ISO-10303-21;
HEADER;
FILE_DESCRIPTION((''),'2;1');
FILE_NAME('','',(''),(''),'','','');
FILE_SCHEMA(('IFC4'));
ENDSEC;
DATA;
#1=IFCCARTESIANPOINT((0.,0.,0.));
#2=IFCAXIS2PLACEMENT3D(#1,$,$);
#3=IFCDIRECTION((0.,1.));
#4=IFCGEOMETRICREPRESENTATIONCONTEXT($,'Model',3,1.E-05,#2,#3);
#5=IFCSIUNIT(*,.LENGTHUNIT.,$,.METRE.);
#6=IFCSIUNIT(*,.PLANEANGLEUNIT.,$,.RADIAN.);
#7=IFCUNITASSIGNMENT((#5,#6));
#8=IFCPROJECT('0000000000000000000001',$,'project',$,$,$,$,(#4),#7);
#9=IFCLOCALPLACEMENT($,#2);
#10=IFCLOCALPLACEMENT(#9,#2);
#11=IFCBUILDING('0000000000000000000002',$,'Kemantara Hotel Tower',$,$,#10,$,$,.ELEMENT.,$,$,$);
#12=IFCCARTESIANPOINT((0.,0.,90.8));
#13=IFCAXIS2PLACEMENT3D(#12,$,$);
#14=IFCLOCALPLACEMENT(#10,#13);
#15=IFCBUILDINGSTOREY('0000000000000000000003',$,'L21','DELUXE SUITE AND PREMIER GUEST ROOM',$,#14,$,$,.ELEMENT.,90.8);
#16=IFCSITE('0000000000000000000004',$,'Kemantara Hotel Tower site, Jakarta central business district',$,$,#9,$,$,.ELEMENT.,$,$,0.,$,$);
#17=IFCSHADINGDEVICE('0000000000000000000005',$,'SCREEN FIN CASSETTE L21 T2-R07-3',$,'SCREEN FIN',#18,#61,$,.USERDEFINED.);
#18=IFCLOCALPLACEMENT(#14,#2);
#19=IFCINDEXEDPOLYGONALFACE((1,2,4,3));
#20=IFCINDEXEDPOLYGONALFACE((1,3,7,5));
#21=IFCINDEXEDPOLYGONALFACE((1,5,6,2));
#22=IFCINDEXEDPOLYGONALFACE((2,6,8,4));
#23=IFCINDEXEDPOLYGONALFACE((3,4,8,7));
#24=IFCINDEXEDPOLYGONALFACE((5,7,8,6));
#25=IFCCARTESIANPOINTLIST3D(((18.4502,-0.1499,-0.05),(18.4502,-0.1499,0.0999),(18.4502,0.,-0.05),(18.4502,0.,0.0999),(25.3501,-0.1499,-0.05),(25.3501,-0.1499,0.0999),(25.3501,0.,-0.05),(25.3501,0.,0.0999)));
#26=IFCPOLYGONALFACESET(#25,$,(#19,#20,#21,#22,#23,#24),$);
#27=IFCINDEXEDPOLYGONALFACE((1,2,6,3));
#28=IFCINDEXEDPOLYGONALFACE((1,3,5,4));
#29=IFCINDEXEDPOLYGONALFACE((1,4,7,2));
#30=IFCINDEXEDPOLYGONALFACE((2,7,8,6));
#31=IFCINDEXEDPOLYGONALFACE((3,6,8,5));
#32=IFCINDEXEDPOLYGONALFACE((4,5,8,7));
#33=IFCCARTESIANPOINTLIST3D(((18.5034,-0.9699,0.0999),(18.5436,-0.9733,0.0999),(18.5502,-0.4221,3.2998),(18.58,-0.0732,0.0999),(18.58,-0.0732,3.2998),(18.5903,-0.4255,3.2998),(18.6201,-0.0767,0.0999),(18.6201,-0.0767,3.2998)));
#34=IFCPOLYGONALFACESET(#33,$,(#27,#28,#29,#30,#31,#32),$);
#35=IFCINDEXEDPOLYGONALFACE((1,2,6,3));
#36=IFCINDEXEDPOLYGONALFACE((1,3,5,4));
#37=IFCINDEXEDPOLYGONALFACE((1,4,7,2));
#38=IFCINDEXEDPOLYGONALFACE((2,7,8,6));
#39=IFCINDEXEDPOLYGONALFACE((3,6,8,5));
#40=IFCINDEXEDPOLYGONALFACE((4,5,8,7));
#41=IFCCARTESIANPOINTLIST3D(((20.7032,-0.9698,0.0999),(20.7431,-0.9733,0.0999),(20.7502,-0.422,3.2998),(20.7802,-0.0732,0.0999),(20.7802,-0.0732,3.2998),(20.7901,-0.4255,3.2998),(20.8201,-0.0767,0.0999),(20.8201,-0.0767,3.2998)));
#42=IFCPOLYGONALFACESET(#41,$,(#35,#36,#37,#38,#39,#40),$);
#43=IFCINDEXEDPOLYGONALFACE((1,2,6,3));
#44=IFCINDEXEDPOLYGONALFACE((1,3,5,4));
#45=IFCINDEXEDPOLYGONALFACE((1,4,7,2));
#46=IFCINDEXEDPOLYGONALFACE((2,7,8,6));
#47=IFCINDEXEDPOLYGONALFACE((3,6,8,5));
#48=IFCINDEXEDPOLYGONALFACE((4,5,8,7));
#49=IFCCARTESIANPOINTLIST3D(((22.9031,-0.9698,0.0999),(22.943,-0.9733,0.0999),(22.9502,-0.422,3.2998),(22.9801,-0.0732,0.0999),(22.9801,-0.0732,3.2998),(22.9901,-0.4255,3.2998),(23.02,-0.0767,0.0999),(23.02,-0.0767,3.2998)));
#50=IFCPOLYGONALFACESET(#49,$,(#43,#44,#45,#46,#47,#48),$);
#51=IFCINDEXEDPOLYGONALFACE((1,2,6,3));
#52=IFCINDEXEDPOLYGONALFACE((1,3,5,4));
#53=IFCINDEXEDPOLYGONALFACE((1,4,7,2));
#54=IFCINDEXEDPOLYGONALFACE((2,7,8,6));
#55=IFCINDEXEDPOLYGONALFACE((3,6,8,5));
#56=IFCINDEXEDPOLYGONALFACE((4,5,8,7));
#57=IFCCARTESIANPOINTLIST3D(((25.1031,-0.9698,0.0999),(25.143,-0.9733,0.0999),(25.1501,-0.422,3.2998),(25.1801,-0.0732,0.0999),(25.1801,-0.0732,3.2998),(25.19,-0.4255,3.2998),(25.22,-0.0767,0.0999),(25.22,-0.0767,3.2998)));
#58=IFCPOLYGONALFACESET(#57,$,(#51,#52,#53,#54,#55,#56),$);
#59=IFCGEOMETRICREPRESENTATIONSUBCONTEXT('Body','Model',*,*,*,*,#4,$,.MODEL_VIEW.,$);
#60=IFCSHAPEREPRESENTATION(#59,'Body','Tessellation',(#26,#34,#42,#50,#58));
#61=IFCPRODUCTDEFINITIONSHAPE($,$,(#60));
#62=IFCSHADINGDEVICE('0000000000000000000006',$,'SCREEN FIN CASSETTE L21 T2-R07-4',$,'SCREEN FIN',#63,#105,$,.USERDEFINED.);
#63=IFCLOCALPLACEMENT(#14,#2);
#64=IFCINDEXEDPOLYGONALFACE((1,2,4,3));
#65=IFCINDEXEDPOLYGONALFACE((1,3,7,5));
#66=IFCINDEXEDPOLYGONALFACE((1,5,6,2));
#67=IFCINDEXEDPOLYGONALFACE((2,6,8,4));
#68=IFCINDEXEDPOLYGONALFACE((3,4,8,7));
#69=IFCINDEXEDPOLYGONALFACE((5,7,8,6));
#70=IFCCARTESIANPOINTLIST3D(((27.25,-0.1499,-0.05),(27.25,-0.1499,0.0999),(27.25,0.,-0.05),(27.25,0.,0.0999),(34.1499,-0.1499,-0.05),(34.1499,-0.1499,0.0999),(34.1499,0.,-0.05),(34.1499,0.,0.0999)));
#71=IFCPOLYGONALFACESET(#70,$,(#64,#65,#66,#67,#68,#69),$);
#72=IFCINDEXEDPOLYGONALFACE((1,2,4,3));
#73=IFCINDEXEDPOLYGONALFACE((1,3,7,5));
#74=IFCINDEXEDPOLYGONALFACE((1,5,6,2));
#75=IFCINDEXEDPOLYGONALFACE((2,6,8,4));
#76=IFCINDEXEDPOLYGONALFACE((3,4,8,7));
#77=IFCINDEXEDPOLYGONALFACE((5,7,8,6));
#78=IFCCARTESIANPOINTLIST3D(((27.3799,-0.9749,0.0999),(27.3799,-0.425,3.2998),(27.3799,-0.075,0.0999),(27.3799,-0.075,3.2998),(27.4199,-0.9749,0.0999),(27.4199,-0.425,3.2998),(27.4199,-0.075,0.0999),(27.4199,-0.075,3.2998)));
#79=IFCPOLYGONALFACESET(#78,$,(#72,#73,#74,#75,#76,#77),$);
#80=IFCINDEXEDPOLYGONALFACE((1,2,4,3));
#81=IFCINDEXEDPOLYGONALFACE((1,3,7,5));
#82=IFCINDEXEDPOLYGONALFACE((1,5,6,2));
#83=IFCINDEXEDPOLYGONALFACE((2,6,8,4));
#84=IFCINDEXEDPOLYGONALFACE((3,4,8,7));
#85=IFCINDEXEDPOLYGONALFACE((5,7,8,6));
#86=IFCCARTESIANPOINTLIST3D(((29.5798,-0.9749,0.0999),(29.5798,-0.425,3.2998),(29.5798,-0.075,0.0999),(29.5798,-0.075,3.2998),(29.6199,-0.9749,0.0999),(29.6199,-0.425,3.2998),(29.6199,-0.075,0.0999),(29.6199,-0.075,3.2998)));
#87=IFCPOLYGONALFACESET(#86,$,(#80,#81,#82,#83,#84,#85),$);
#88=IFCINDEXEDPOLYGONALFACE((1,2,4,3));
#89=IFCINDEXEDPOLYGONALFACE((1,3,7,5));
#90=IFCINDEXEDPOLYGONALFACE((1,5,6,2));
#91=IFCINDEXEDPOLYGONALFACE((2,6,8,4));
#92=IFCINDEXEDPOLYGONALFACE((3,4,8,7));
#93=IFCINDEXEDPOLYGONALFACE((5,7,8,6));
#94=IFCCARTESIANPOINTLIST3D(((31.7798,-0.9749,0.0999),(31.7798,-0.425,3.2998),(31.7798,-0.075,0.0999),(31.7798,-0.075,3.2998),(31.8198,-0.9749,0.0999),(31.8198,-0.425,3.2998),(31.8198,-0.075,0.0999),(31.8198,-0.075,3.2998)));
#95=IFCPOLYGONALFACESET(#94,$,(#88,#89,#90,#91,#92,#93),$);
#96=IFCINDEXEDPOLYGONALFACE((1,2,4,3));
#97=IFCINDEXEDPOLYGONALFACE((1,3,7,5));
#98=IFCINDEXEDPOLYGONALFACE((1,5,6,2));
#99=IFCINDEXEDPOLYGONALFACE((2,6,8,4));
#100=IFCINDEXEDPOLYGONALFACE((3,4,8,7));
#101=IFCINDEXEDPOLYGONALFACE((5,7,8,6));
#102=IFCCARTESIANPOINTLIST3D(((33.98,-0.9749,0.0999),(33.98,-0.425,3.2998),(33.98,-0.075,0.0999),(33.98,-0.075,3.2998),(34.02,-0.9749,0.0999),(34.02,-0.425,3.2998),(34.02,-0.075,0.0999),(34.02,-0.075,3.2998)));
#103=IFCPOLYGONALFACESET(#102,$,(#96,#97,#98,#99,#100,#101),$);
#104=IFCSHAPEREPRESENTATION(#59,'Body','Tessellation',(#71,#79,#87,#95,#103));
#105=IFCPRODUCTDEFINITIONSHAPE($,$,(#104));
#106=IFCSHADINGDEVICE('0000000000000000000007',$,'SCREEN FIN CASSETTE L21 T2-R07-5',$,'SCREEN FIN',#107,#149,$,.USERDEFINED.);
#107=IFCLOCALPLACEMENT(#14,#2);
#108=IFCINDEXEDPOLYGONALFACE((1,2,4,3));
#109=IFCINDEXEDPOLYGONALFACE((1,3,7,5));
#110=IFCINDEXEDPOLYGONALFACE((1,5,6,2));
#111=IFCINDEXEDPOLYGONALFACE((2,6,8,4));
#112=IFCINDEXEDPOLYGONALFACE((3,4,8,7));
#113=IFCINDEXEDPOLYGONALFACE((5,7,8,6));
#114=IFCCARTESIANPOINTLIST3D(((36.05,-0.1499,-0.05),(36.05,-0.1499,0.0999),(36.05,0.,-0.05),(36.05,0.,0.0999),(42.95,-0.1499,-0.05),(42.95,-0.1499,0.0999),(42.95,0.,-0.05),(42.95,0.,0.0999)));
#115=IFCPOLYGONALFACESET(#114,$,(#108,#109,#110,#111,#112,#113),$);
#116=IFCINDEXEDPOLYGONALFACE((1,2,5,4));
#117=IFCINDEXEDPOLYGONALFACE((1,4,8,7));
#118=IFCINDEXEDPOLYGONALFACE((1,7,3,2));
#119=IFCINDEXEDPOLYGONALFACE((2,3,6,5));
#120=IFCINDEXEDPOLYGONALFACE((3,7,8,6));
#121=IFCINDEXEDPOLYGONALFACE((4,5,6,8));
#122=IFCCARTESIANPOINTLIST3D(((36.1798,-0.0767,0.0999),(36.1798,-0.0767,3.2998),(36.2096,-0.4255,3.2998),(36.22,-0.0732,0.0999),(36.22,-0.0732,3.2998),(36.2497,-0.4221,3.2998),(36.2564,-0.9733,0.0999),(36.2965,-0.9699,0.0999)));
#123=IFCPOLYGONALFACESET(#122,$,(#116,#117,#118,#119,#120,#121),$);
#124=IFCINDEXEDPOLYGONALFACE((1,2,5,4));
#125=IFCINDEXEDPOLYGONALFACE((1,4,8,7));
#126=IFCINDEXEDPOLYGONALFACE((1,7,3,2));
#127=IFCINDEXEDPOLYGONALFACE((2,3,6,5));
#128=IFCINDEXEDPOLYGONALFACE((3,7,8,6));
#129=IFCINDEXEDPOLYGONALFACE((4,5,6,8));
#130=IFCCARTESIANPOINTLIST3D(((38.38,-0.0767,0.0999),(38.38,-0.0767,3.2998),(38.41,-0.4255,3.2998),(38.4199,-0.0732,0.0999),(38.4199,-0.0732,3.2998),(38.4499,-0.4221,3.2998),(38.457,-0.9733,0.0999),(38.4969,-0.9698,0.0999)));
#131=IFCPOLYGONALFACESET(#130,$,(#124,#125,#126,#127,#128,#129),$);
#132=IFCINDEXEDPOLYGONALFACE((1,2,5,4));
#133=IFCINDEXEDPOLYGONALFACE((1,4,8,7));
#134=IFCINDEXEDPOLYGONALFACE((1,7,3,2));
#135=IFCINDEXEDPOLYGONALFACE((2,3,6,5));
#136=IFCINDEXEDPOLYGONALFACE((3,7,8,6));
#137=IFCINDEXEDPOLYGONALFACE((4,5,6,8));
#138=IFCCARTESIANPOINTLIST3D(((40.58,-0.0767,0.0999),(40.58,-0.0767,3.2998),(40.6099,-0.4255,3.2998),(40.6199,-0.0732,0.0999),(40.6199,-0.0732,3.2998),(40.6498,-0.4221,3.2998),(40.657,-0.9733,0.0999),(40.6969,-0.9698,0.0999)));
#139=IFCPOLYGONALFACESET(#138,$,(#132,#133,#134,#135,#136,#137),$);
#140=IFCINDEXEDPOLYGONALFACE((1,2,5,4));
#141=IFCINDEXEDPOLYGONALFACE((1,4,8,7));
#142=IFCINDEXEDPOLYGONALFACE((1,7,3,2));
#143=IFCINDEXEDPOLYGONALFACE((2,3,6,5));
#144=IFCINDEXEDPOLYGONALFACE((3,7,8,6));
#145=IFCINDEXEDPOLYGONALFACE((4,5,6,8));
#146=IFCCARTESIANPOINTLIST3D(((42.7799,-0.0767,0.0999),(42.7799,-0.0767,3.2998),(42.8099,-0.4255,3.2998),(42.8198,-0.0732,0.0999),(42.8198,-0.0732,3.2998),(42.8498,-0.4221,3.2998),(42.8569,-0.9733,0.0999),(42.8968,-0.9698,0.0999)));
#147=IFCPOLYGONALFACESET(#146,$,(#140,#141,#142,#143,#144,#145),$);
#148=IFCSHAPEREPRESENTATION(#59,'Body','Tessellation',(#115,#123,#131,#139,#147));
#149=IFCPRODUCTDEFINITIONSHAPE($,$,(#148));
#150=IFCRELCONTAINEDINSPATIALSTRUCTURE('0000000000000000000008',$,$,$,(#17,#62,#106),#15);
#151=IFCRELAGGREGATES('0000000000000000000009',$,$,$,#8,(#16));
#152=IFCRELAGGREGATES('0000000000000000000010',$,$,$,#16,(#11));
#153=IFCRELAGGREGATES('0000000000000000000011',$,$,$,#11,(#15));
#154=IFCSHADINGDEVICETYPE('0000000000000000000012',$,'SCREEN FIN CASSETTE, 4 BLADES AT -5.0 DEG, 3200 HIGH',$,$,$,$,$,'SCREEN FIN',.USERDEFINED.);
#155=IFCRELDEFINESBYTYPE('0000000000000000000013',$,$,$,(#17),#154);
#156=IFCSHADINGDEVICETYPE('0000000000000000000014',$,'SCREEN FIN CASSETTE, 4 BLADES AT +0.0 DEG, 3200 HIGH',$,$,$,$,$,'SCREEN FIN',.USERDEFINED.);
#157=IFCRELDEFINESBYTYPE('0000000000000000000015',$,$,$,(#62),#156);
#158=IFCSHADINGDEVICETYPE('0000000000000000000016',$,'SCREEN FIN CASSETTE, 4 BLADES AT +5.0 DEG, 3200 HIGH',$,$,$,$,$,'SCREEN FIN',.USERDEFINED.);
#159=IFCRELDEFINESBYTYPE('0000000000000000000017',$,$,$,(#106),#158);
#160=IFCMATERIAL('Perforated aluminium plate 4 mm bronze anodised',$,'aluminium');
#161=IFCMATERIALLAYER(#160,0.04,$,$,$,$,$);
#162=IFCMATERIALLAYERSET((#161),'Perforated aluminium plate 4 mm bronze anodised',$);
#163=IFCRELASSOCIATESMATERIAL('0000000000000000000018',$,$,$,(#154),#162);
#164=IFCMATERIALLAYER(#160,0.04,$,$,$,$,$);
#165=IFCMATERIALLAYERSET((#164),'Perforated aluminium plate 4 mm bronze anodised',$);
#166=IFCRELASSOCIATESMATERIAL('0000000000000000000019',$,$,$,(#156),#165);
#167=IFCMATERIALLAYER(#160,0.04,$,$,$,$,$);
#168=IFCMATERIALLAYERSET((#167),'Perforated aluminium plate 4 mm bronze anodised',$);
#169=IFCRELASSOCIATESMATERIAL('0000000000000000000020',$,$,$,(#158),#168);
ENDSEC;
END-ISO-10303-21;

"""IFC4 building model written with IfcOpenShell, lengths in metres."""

from ifc_helpers import new_model, si_unit, direction, frame, origin, origin_2d, place, context, subcontext, project, spatial, polyline, rectangle, outline, extrude, source, transform, mapped, material, layer, layer_set, type_object, element, save


model = new_model("IFC4")

# Units and contexts
model_context = context("Model", 3, precision=1e-05, world=origin(), true_north=direction((0.0, 1.0)))
body_context = subcontext(model_context, "Body", "Model", "MODEL_VIEW")
ifc_project = project(units=[si_unit("LENGTHUNIT", "METRE"), si_unit("PLANEANGLEUNIT", "RADIAN")], contexts=[model_context])

# Site, building, storey
site_placement = place(None, origin())
site = spatial("IfcSite", under=ifc_project, at=site_placement, Name="Kemantara Hotel Tower site, Jakarta central business district", CompositionType="ELEMENT", RefElevation=0.0)
building_placement = place(site_placement, origin())
building = spatial("IfcBuilding", under=site, at=building_placement, Name="Kemantara Hotel Tower", CompositionType="ELEMENT")
storey_placement = place(building_placement, frame((0.0, 0.0, 90.8)))
storey = spatial("IfcBuildingStorey", under=building, at=storey_placement, Name="L21", Description="DELUXE SUITE AND PREMIER GUEST ROOM", CompositionType="ELEMENT", Elevation=90.8)

# Shading devices
ifc_material_1 = material(Name="Perforated aluminium plate 4 mm bronze anodised", Category="aluminium")
ifc_layer_1 = layer(ifc_material_1, 0.04)
ifc_layer_set_1 = layer_set([ifc_layer_1], Name="Perforated aluminium plate 4 mm bronze anodised")
shading_device_type_1 = type_object("IfcShadingDeviceType", Name="SCREEN FIN CASSETTE, 4 BLADES AT -5.0 DEG, 3200 HIGH", ElementType="SCREEN FIN", PredefinedType="USERDEFINED", material=ifc_layer_set_1)
shared_shape_1 = source(origin(), body_context, "Body", "SweptSolid", [
    extrude(rectangle(XDim=6.8999, YDim=0.1499, at=origin_2d()), frame((3.3, -0.075, -0.1499), z_axis=(0.0, 0.0, 1.0), x_axis=(1.0, 0.0, 0.0)), (0.0, 0.0, 1.0), 0.1499),
    extrude(outline(polyline([(0.0, 0.0), (0.8999, 0.0), (0.3501, 3.2), (0.0, 3.2), (0.0, 0.0)])), frame((0.02, -0.0767, 0.0), z_axis=(-0.996376, 0.085056, 0.0), x_axis=(-0.085056, -0.996376, 0.0)), (0.0, 0.0, 1.0), 0.0403),
    extrude(outline(polyline([(0.0, 0.0), (0.8999, 0.0), (0.3501, 3.2), (0.0, 3.2), (0.0, 0.0)])), frame((2.22, -0.0767, 0.0), z_axis=(-0.996332, 0.085575, 0.0), x_axis=(-0.085575, -0.996332, 0.0)), (0.0, 0.0, 1.0), 0.04),
    extrude(outline(polyline([(0.0, 0.0), (0.8999, 0.0), (0.3501, 3.2), (0.0, 3.2), (0.0, 0.0)])), frame((4.4199, -0.0767, 0.0), z_axis=(-0.996332, 0.085575, 0.0), x_axis=(-0.085575, -0.996332, 0.0)), (0.0, 0.0, 1.0), 0.04),
    extrude(outline(polyline([(0.0, 0.0), (0.8999, 0.0), (0.3501, 3.2), (0.0, 3.2), (0.0, 0.0)])), frame((6.6199, -0.0767, 0.0), z_axis=(-0.996332, 0.085575, 0.0), x_axis=(-0.085575, -0.996332, 0.0)), (0.0, 0.0, 1.0), 0.04),
])
shading_device_1_placement = place(storey_placement, frame((18.6001, 0.0, 0.0999), z_axis=(0.0, 0.0, 1.0), x_axis=(1.0, 0.0, 0.0)))
element("IfcShadingDevice", 1, at=shading_device_1_placement, inside=storey, type_object=shading_device_type_1, Name="SCREEN FIN CASSETTE L21 T2-R07-3", ObjectType="SCREEN FIN", PredefinedType="USERDEFINED", context=body_context, shape_type="MappedRepresentation", body=[
    mapped(shared_shape_1, transform((0.0, 0.0, 0.0))),
])
ifc_layer_2 = layer(ifc_material_1, 0.04)
ifc_layer_set_2 = layer_set([ifc_layer_2], Name="Perforated aluminium plate 4 mm bronze anodised")
shading_device_type_2 = type_object("IfcShadingDeviceType", Name="SCREEN FIN CASSETTE, 4 BLADES AT +0.0 DEG, 3200 HIGH", ElementType="SCREEN FIN", PredefinedType="USERDEFINED", material=ifc_layer_set_2)
shared_shape_2 = source(origin(), body_context, "Body", "SweptSolid", [
    extrude(rectangle(XDim=6.8999, YDim=0.1499, at=origin_2d()), frame((3.3, -0.075, -0.1499), z_axis=(0.0, 0.0, 1.0), x_axis=(1.0, 0.0, 0.0)), (0.0, 0.0, 1.0), 0.1499),
    extrude(outline(polyline([(0.0, 0.0), (0.8999, 0.0), (0.3501, 3.2), (0.0, 3.2), (0.0, 0.0)])), frame((0.02, -0.075, 0.0), z_axis=(-1.0, 0.0, 0.0), x_axis=(0.0, -1.0, 0.0)), (0.0, 0.0, 1.0), 0.04),
    extrude(outline(polyline([(0.0, 0.0), (0.8999, 0.0), (0.3501, 3.2), (0.0, 3.2), (0.0, 0.0)])), frame((2.22, -0.075, 0.0), z_axis=(-1.0, 0.0, 0.0), x_axis=(0.0, -1.0, 0.0)), (0.0, 0.0, 1.0), 0.04),
    extrude(outline(polyline([(0.0, 0.0), (0.8999, 0.0), (0.3501, 3.2), (0.0, 3.2), (0.0, 0.0)])), frame((4.4199, -0.075, 0.0), z_axis=(-1.0, 0.0, 0.0), x_axis=(0.0, -1.0, 0.0)), (0.0, 0.0, 1.0), 0.04),
    extrude(outline(polyline([(0.0, 0.0), (0.8999, 0.0), (0.3501, 3.2), (0.0, 3.2), (0.0, 0.0)])), frame((6.6201, -0.075, 0.0), z_axis=(-1.0, 0.0, 0.0), x_axis=(0.0, -1.0, 0.0)), (0.0, 0.0, 1.0), 0.04),
])
shading_device_2_placement = place(storey_placement, frame((27.3999, 0.0, 0.0999), z_axis=(0.0, 0.0, 1.0), x_axis=(1.0, 0.0, 0.0)))
element("IfcShadingDevice", 2, at=shading_device_2_placement, inside=storey, type_object=shading_device_type_2, Name="SCREEN FIN CASSETTE L21 T2-R07-4", ObjectType="SCREEN FIN", PredefinedType="USERDEFINED", context=body_context, shape_type="MappedRepresentation", body=[
    mapped(shared_shape_2, transform((0.0, 0.0, 0.0))),
])
ifc_layer_3 = layer(ifc_material_1, 0.04)
ifc_layer_set_3 = layer_set([ifc_layer_3], Name="Perforated aluminium plate 4 mm bronze anodised")
shading_device_type_3 = type_object("IfcShadingDeviceType", Name="SCREEN FIN CASSETTE, 4 BLADES AT +5.0 DEG, 3200 HIGH", ElementType="SCREEN FIN", PredefinedType="USERDEFINED", material=ifc_layer_set_3)
shared_shape_3 = source(origin(), body_context, "Body", "SweptSolid", [
    extrude(rectangle(XDim=6.8999, YDim=0.1499, at=origin_2d()), frame((3.3, -0.075, -0.1499), z_axis=(0.0, 0.0, 1.0), x_axis=(1.0, 0.0, 0.0)), (0.0, 0.0, 1.0), 0.1499),
    extrude(outline(polyline([(0.0, 0.0), (0.8999, 0.0), (0.3501, 3.2), (0.0, 3.2), (0.0, 0.0)])), frame((0.02, -0.0732, 0.0), z_axis=(-0.996376, -0.085056, 0.0), x_axis=(0.085056, -0.996376, 0.0)), (0.0, 0.0, 1.0), 0.0403),
    extrude(outline(polyline([(0.0, 0.0), (0.8999, 0.0), (0.3501, 3.2), (0.0, 3.2), (0.0, 0.0)])), frame((2.22, -0.0732, 0.0), z_axis=(-0.996332, -0.085575, 0.0), x_axis=(0.085575, -0.996332, 0.0)), (0.0, 0.0, 1.0), 0.04),
    extrude(outline(polyline([(0.0, 0.0), (0.8999, 0.0), (0.3501, 3.2), (0.0, 3.2), (0.0, 0.0)])), frame((4.4199, -0.0732, 0.0), z_axis=(-0.996332, -0.085575, 0.0), x_axis=(0.085575, -0.996332, 0.0)), (0.0, 0.0, 1.0), 0.04),
    extrude(outline(polyline([(0.0, 0.0), (0.8999, 0.0), (0.3501, 3.2), (0.0, 3.2), (0.0, 0.0)])), frame((6.6199, -0.0732, 0.0), z_axis=(-0.996332, -0.085575, 0.0), x_axis=(0.085575, -0.996332, 0.0)), (0.0, 0.0, 1.0), 0.04),
])
shading_device_3_placement = place(storey_placement, frame((36.2, 0.0, 0.0999), z_axis=(0.0, 0.0, 1.0), x_axis=(1.0, 0.0, 0.0)))
element("IfcShadingDevice", 3, at=shading_device_3_placement, inside=storey, type_object=shading_device_type_3, Name="SCREEN FIN CASSETTE L21 T2-R07-5", ObjectType="SCREEN FIN", PredefinedType="USERDEFINED", context=body_context, shape_type="MappedRepresentation", body=[
    mapped(shared_shape_3, transform((0.0, 0.0, 0.0))),
])

save(model, "model.ifc")
